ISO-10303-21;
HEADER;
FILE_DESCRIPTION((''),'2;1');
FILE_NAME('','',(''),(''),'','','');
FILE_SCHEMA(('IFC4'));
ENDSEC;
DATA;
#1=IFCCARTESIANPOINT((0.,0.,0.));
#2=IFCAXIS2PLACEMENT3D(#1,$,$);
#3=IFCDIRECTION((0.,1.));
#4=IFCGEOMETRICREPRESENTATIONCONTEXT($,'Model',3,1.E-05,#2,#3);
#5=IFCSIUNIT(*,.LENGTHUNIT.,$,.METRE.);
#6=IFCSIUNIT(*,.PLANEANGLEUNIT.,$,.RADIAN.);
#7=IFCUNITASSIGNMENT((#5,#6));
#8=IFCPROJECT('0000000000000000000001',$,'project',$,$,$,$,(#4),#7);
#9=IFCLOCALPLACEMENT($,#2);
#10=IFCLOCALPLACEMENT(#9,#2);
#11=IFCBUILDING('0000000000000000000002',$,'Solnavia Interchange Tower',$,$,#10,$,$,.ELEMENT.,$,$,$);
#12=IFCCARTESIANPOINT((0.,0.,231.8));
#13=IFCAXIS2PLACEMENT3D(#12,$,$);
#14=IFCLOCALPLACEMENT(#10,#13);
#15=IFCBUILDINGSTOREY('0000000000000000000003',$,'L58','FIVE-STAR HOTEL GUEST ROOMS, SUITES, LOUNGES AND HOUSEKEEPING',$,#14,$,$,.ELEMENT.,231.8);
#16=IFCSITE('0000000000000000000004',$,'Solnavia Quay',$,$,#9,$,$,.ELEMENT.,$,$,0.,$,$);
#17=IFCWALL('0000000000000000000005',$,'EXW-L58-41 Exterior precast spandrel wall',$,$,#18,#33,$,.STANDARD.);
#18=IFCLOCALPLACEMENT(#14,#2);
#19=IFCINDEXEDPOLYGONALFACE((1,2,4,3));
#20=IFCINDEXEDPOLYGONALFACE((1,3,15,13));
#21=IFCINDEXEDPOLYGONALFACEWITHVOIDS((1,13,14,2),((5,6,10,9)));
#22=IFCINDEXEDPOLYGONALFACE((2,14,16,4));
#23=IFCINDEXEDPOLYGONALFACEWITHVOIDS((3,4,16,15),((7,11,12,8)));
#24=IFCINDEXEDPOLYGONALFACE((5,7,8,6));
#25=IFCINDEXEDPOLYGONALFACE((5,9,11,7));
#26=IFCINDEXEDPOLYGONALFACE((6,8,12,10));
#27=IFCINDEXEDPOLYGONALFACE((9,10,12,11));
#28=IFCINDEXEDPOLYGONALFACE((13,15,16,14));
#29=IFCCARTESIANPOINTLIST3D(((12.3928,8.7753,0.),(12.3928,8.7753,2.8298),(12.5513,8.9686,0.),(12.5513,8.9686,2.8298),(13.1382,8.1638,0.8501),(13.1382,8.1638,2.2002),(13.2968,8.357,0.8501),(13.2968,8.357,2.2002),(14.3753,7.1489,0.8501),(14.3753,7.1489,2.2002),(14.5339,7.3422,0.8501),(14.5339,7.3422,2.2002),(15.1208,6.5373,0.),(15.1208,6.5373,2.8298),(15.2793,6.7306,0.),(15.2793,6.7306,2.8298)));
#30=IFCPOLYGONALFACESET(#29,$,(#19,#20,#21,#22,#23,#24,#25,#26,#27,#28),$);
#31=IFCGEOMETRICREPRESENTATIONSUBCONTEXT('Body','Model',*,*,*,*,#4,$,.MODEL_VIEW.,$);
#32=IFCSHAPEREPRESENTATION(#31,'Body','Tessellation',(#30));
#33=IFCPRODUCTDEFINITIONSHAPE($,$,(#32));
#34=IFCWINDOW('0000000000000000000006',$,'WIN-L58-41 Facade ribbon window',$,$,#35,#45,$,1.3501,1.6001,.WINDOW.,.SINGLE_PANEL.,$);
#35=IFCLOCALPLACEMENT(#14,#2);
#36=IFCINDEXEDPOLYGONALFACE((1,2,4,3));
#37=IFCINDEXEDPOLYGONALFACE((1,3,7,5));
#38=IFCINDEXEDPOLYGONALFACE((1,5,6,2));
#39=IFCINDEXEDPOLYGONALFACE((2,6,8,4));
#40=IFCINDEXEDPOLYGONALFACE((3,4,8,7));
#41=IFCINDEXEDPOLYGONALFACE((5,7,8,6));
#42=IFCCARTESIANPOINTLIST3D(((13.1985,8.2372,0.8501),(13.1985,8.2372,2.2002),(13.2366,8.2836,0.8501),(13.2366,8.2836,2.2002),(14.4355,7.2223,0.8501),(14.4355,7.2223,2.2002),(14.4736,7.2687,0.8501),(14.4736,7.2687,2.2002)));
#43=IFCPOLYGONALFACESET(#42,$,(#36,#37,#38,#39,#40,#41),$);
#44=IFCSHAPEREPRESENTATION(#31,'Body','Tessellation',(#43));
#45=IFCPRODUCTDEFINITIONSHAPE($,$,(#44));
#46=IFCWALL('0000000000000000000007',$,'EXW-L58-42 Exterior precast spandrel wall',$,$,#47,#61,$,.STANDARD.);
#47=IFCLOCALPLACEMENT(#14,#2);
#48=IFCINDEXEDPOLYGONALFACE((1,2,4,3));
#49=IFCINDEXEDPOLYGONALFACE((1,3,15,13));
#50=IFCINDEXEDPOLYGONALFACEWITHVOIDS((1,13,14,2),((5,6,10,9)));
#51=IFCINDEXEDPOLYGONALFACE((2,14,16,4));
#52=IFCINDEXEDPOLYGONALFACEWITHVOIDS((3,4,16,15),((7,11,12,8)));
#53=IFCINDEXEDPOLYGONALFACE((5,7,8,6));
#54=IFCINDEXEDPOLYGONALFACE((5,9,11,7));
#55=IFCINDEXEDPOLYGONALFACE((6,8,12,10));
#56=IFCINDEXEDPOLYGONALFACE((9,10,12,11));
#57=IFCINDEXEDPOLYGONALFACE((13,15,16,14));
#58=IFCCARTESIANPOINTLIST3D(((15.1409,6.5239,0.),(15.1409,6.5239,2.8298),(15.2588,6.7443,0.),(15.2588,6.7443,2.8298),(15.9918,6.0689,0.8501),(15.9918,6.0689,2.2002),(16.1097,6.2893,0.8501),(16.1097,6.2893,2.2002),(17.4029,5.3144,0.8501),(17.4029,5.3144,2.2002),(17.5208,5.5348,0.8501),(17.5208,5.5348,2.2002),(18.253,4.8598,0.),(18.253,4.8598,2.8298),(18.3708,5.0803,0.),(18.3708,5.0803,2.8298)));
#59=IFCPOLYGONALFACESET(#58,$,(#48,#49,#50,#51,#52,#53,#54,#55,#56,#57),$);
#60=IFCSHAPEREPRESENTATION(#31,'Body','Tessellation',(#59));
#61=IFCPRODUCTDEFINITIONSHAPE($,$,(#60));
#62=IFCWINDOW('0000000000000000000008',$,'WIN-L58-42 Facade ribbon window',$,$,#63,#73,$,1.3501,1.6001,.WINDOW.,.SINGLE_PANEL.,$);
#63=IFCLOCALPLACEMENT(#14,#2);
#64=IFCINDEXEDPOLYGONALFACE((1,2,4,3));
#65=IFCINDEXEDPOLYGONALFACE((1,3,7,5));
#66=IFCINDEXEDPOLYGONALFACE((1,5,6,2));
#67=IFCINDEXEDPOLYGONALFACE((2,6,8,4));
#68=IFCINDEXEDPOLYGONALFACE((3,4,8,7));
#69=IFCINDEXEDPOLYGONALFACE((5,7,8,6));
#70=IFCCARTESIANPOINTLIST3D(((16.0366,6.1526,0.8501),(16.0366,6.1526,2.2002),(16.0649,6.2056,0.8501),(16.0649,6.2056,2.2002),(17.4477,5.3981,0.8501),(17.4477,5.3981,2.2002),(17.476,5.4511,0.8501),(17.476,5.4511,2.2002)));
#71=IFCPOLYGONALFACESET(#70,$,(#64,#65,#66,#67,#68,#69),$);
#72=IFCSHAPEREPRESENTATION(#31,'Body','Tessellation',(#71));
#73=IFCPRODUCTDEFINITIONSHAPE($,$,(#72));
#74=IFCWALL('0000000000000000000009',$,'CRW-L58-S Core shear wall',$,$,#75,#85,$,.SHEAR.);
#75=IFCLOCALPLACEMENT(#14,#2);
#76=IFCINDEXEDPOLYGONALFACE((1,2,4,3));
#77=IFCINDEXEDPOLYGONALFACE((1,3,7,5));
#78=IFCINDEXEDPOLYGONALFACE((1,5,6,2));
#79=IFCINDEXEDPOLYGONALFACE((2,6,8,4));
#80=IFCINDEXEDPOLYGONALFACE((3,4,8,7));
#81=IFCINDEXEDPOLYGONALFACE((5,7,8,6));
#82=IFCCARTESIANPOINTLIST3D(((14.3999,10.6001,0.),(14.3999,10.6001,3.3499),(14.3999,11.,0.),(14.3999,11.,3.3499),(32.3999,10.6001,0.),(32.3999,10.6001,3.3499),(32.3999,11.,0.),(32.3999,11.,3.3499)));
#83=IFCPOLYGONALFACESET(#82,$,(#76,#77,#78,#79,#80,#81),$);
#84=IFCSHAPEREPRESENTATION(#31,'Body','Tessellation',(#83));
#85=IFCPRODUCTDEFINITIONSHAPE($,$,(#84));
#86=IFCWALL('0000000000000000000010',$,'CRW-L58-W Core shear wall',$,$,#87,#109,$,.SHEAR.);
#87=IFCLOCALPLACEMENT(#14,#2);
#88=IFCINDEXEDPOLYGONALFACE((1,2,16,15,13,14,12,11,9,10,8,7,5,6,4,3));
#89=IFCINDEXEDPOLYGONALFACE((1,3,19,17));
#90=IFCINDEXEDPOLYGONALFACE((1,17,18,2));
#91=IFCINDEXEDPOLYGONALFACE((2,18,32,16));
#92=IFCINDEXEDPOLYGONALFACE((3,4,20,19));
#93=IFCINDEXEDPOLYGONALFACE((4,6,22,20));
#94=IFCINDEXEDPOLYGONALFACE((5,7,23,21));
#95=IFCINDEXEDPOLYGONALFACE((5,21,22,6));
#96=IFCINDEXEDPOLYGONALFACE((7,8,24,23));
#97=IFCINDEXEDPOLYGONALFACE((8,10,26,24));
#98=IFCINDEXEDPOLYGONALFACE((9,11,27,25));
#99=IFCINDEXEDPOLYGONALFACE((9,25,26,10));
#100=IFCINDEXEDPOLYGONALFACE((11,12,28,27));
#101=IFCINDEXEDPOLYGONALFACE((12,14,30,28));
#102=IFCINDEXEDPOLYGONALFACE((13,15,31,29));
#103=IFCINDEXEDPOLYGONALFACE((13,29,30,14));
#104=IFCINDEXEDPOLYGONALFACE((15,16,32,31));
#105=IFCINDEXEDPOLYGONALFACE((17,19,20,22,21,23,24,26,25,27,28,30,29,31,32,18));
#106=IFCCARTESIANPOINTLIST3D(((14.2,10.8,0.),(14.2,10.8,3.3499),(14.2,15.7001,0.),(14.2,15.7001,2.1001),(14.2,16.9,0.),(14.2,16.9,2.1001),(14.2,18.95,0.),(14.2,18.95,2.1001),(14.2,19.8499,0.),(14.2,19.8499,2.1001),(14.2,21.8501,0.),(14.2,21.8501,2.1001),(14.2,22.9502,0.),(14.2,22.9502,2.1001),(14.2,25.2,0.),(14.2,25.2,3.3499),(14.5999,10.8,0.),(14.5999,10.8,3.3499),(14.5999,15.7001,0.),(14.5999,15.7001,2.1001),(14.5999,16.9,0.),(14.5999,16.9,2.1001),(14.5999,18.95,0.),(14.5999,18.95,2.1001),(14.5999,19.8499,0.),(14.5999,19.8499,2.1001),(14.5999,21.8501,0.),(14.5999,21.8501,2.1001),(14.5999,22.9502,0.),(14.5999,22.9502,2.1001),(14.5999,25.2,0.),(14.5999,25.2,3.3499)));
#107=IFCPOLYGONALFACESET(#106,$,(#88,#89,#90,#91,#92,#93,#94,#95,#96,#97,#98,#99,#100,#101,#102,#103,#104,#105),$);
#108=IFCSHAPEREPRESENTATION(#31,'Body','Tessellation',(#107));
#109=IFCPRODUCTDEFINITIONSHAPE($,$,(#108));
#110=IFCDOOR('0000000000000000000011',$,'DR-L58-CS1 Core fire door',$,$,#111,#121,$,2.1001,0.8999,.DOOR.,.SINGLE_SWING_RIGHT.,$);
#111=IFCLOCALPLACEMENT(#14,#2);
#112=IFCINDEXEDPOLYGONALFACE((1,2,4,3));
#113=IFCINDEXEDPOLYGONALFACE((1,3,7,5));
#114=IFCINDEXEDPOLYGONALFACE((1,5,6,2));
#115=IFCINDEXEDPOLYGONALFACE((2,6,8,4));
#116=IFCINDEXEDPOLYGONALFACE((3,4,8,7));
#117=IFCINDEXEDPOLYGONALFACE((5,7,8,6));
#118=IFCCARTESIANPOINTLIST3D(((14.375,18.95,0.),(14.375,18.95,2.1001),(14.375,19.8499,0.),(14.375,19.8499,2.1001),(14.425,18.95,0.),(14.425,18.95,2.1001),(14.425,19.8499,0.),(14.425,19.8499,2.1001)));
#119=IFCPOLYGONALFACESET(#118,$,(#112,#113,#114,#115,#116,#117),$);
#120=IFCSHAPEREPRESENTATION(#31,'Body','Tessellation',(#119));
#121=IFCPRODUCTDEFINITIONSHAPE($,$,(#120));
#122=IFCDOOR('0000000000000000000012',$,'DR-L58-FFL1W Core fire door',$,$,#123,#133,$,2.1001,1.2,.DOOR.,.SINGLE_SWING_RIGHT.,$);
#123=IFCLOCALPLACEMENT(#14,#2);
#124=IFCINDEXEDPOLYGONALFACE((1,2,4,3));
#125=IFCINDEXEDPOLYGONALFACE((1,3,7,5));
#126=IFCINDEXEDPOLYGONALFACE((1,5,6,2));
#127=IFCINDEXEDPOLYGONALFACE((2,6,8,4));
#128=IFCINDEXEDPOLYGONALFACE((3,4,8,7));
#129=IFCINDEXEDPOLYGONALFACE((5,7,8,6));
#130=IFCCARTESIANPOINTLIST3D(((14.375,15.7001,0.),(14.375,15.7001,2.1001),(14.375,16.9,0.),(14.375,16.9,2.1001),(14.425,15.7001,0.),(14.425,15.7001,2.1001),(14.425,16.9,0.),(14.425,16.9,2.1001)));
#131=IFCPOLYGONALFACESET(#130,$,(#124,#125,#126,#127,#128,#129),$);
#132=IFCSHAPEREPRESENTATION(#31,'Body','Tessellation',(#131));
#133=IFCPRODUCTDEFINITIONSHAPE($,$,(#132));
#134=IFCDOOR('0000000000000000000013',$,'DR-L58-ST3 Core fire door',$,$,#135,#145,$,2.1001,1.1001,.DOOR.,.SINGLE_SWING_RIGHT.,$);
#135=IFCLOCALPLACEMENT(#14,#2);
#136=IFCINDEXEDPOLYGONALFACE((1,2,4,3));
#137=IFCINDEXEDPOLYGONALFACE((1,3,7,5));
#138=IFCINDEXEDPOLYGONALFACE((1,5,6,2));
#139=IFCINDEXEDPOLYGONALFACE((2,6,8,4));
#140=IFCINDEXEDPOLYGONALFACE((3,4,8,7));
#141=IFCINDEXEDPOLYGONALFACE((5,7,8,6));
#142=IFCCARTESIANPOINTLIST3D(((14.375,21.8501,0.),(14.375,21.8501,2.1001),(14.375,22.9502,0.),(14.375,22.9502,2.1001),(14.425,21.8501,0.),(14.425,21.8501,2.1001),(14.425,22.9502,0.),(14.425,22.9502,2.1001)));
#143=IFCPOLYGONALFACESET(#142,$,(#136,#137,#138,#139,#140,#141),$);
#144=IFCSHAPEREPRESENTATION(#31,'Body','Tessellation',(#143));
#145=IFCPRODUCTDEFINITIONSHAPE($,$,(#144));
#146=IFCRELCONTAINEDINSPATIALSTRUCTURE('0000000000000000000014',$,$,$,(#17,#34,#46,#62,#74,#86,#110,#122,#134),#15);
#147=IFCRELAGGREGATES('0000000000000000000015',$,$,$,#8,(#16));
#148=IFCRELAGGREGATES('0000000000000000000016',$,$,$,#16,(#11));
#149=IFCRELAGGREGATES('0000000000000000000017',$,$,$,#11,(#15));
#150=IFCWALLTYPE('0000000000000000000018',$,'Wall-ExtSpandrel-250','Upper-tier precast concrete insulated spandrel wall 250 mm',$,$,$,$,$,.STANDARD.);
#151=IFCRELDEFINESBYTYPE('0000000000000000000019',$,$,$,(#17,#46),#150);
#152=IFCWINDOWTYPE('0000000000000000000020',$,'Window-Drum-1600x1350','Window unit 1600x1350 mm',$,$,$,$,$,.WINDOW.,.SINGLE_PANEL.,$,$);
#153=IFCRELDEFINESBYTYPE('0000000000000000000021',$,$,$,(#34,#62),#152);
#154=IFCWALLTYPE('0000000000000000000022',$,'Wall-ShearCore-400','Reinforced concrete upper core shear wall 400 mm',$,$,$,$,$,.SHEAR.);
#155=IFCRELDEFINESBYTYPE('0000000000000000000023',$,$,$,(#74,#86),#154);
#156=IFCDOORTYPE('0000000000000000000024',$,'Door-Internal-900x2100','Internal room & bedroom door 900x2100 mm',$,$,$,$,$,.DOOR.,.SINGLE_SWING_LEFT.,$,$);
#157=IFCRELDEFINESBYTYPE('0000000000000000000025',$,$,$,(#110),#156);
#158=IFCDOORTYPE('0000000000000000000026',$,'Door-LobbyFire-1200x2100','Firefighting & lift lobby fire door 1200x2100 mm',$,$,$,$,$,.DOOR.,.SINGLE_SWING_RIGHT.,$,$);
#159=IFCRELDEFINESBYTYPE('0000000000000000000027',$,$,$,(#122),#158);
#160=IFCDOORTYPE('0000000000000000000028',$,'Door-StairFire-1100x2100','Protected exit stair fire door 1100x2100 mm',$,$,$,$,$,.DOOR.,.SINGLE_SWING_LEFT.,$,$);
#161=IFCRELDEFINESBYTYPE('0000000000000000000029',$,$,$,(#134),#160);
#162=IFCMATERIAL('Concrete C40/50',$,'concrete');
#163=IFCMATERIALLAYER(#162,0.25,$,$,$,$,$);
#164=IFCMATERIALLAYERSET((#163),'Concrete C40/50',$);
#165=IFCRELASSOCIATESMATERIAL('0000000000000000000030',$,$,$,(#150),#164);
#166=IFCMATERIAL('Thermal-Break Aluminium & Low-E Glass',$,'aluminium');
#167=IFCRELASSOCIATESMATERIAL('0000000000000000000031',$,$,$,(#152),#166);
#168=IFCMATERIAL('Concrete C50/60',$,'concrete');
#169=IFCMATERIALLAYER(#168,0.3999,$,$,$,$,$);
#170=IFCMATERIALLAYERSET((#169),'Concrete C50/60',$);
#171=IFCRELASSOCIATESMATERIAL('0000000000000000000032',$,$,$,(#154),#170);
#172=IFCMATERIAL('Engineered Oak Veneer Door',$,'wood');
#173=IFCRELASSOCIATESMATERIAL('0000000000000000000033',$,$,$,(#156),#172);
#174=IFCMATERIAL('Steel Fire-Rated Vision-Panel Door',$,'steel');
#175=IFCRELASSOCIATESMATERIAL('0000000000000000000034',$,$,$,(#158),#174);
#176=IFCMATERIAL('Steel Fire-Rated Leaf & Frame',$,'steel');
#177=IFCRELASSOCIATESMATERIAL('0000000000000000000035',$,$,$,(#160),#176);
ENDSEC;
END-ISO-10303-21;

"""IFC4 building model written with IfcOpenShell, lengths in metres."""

from ifc_helpers import new_model, si_unit, direction, frame, frame_2d, origin, place, context, subcontext, project, spatial, rectangle, extrude, material, layer, layer_set, type_object, element, fill, save


model = new_model("IFC4")

# Units and contexts
model_context = context("Model", 3, precision=1e-05, world=origin(), true_north=direction((0.0, 1.0)))
body_context = subcontext(model_context, "Body", "Model", "MODEL_VIEW")
ifc_project = project(units=[si_unit("LENGTHUNIT", "METRE"), si_unit("PLANEANGLEUNIT", "RADIAN")], contexts=[model_context])

# Site, building, storey
site_placement = place(None, origin())
site = spatial("IfcSite", under=ifc_project, at=site_placement, Name="Solnavia Quay", CompositionType="ELEMENT", RefElevation=0.0)
building_placement = place(site_placement, origin())
building = spatial("IfcBuilding", under=site, at=building_placement, Name="Solnavia Interchange Tower", CompositionType="ELEMENT")
storey_placement = place(building_placement, frame((0.0, 0.0, 231.8)))
storey = spatial("IfcBuildingStorey", under=building, at=storey_placement, Name="L58", Description="FIVE-STAR HOTEL GUEST ROOMS, SUITES, LOUNGES AND HOUSEKEEPING", CompositionType="ELEMENT", Elevation=231.8)

# Shared definitions
ifc_material_1 = material(Name="Concrete C50/60", Category="concrete")

# Walls, openings, windows
ifc_material_2 = material(Name="Concrete C40/50", Category="concrete")
ifc_layer_1 = layer(ifc_material_2, 0.25)
ifc_layer_set_1 = layer_set([ifc_layer_1], Name="Concrete C40/50")
wall_type_1 = type_object("IfcWallType", Name="Wall-ExtSpandrel-250", Description="Upper-tier precast concrete insulated spandrel wall 250 mm", PredefinedType="STANDARD", material=ifc_layer_set_1)
wall_1_placement = place(storey_placement, frame((15.2, 6.634, 0.0), z_axis=(0.0, 0.0, 1.0), x_axis=(-0.773121, 0.634258, 0.0)))
wall_1 = element("IfcWall", 1, at=wall_1_placement, inside=storey, type_object=wall_type_1, Name="EXW-L58-41 Exterior precast spandrel wall", PredefinedType="STANDARD", context=body_context, shape_type="SweptSolid", body=[
    extrude(rectangle(XDim=3.5286, YDim=0.25, at=frame_2d((1.7642, 0.0))), origin(), (0.0, 0.0, 1.0), 2.8298),
])
opening_1_placement = place(wall_1_placement, frame((0.9641, 0.0, 0.8501)))
opening_1 = element("IfcOpeningElement", 2, at=opening_1_placement, cuts=wall_1, PredefinedType="OPENING", context=body_context, shape_type="SweptSolid", body=[
    extrude(rectangle(XDim=1.6001, YDim=1.3501, at=frame_2d((0.8, 0.675))), frame((0.0, 0.135, 0.0), z_axis=(0.0, -1.0, 0.0), x_axis=(1.0, 0.0, 0.0)), (0.0, 0.0, 1.0), 0.27),
])
ifc_material_3 = material(Name="Thermal-Break Aluminium & Low-E Glass", Category="aluminium")
window_type = type_object("IfcWindowType", Name="Window-Drum-1600x1350", Description="Window unit 1600x1350 mm", PartitioningType="SINGLE_PANEL", PredefinedType="WINDOW", material=ifc_material_3)
window_1_placement = place(opening_1_placement, origin())
window_1 = element("IfcWindow", 3, at=window_1_placement, inside=storey, type_object=window_type, Name="WIN-L58-41 Facade ribbon window", OverallHeight=1.3501, OverallWidth=1.6001, PartitioningType="SINGLE_PANEL", PredefinedType="WINDOW", context=body_context, shape_type="SweptSolid", body=[
    extrude(rectangle(XDim=1.6001, YDim=1.3501, at=frame_2d((0.8, 0.675))), frame((0.0, 0.03, 0.0), z_axis=(0.0, -1.0, 0.0), x_axis=(1.0, 0.0, 0.0)), (0.0, 0.0, 1.0), 0.0601),
])
fill(opening_1, window_1)
wall_2_placement = place(storey_placement, frame((18.312, 4.97, 0.0), z_axis=(0.0, 0.0, 1.0), x_axis=(-0.881847, 0.471536, 0.0)))
wall_2 = element("IfcWall", 4, at=wall_2_placement, inside=storey, type_object=wall_type_1, Name="EXW-L58-42 Exterior precast spandrel wall", PredefinedType="STANDARD", context=body_context, shape_type="SweptSolid", body=[
    extrude(rectangle(XDim=3.5291, YDim=0.25, at=frame_2d((1.7646, 0.0))), origin(), (0.0, 0.0, 1.0), 2.8298),
])
opening_2_placement = place(wall_2_placement, frame((0.9641, 0.0, 0.8501)))
opening_2 = element("IfcOpeningElement", 5, at=opening_2_placement, cuts=wall_2, PredefinedType="OPENING", context=body_context, shape_type="SweptSolid", body=[
    extrude(rectangle(XDim=1.6001, YDim=1.3501, at=frame_2d((0.8, 0.675))), frame((0.0, 0.135, 0.0), z_axis=(0.0, -1.0, 0.0), x_axis=(1.0, 0.0, 0.0)), (0.0, 0.0, 1.0), 0.27),
])
window_2_placement = place(opening_2_placement, origin())
window_2 = element("IfcWindow", 6, at=window_2_placement, inside=storey, type_object=window_type, Name="WIN-L58-42 Facade ribbon window", OverallHeight=1.3501, OverallWidth=1.6001, PartitioningType="SINGLE_PANEL", PredefinedType="WINDOW", context=body_context, shape_type="SweptSolid", body=[
    extrude(rectangle(XDim=1.6001, YDim=1.3501, at=frame_2d((0.8, 0.675))), frame((0.0, 0.03, 0.0), z_axis=(0.0, -1.0, 0.0), x_axis=(1.0, 0.0, 0.0)), (0.0, 0.0, 1.0), 0.0601),
])
fill(opening_2, window_2)

# Wall
ifc_layer_2 = layer(ifc_material_1, 0.3999)
ifc_layer_set_2 = layer_set([ifc_layer_2], Name="Concrete C50/60")
wall_type_2 = type_object("IfcWallType", Name="Wall-ShearCore-400", Description="Reinforced concrete upper core shear wall 400 mm", PredefinedType="SHEAR", material=ifc_layer_set_2)
wall_3_placement = place(storey_placement, frame((14.3999, 10.8, 0.0), z_axis=(0.0, 0.0, 1.0), x_axis=(1.0, 0.0, 0.0)))
element("IfcWall", 7, at=wall_3_placement, inside=storey, type_object=wall_type_2, Name="CRW-L58-S Core shear wall", PredefinedType="SHEAR", context=body_context, shape_type="SweptSolid", body=[
    extrude(rectangle(XDim=18.0, YDim=0.3999, at=frame_2d((9.0, 0.0))), origin(), (0.0, 0.0, 1.0), 3.3499),
])

# Wall, openings, doors
wall_4_placement = place(storey_placement, frame((14.3999, 10.8, 0.0), z_axis=(0.0, 0.0, 1.0), x_axis=(0.0, 1.0, 0.0)))
wall_4 = element("IfcWall", 8, at=wall_4_placement, inside=storey, type_object=wall_type_2, Name="CRW-L58-W Core shear wall", PredefinedType="SHEAR", context=body_context, shape_type="SweptSolid", body=[
    extrude(rectangle(XDim=14.3999, YDim=0.3999, at=frame_2d((7.2, 0.0))), origin(), (0.0, 0.0, 1.0), 3.3499),
])
opening_3_placement = place(wall_4_placement, frame((11.05, 0.0, 0.0)))
opening_3 = element("IfcOpeningElement", 9, at=opening_3_placement, cuts=wall_4, PredefinedType="OPENING", context=body_context, shape_type="SweptSolid", body=[
    extrude(rectangle(XDim=1.1001, YDim=2.1001, at=frame_2d((0.55, 1.05))), frame((0.0, 0.21, 0.0), z_axis=(0.0, -1.0, 0.0), x_axis=(1.0, 0.0, 0.0)), (0.0, 0.0, 1.0), 0.4199),
])
opening_4_placement = place(wall_4_placement, frame((4.8999, 0.0, 0.0)))
opening_4 = element("IfcOpeningElement", 10, at=opening_4_placement, cuts=wall_4, PredefinedType="OPENING", context=body_context, shape_type="SweptSolid", body=[
    extrude(rectangle(XDim=1.2, YDim=2.1001, at=frame_2d((0.6001, 1.05))), frame((0.0, 0.21, 0.0), z_axis=(0.0, -1.0, 0.0), x_axis=(1.0, 0.0, 0.0)), (0.0, 0.0, 1.0), 0.4199),
])
opening_5_placement = place(wall_4_placement, frame((8.1499, 0.0, 0.0)))
opening_5 = element("IfcOpeningElement", 11, at=opening_5_placement, cuts=wall_4, PredefinedType="OPENING", context=body_context, shape_type="SweptSolid", body=[
    extrude(rectangle(XDim=0.8999, YDim=2.1001, at=frame_2d((0.45, 1.05))), frame((0.0, 0.21, 0.0), z_axis=(0.0, -1.0, 0.0), x_axis=(1.0, 0.0, 0.0)), (0.0, 0.0, 1.0), 0.4199),
])
ifc_material_4 = material(Name="Engineered Oak Veneer Door", Category="wood")
door_type_1 = type_object("IfcDoorType", Name="Door-Internal-900x2100", Description="Internal room & bedroom door 900x2100 mm", OperationType="SINGLE_SWING_LEFT", PredefinedType="DOOR", material=ifc_material_4)
door_1_placement = place(opening_5_placement, origin())
door_1 = element("IfcDoor", 12, at=door_1_placement, inside=storey, type_object=door_type_1, Name="DR-L58-CS1 Core fire door", OperationType="SINGLE_SWING_RIGHT", OverallHeight=2.1001, OverallWidth=0.8999, PredefinedType="DOOR", context=body_context, shape_type="SweptSolid", body=[
    extrude(rectangle(XDim=0.8999, YDim=2.1001, at=frame_2d((0.45, 1.05))), frame((0.0, 0.0249, 0.0), z_axis=(0.0, -1.0, 0.0), x_axis=(1.0, 0.0, 0.0)), (0.0, 0.0, 1.0), 0.05),
])
fill(opening_5, door_1)
ifc_material_5 = material(Name="Steel Fire-Rated Vision-Panel Door", Category="steel")
door_type_2 = type_object("IfcDoorType", Name="Door-LobbyFire-1200x2100", Description="Firefighting & lift lobby fire door 1200x2100 mm", OperationType="SINGLE_SWING_RIGHT", PredefinedType="DOOR", material=ifc_material_5)
door_2_placement = place(opening_4_placement, origin())
door_2 = element("IfcDoor", 13, at=door_2_placement, inside=storey, type_object=door_type_2, Name="DR-L58-FFL1W Core fire door", OperationType="SINGLE_SWING_RIGHT", OverallHeight=2.1001, OverallWidth=1.2, PredefinedType="DOOR", context=body_context, shape_type="SweptSolid", body=[
    extrude(rectangle(XDim=1.2, YDim=2.1001, at=frame_2d((0.6001, 1.05))), frame((0.0, 0.0249, 0.0), z_axis=(0.0, -1.0, 0.0), x_axis=(1.0, 0.0, 0.0)), (0.0, 0.0, 1.0), 0.05),
])
fill(opening_4, door_2)
ifc_material_6 = material(Name="Steel Fire-Rated Leaf & Frame", Category="steel")
door_type_3 = type_object("IfcDoorType", Name="Door-StairFire-1100x2100", Description="Protected exit stair fire door 1100x2100 mm", OperationType="SINGLE_SWING_LEFT", PredefinedType="DOOR", material=ifc_material_6)
door_3_placement = place(opening_3_placement, origin())
door_3 = element("IfcDoor", 14, at=door_3_placement, inside=storey, type_object=door_type_3, Name="DR-L58-ST3 Core fire door", OperationType="SINGLE_SWING_RIGHT", OverallHeight=2.1001, OverallWidth=1.1001, PredefinedType="DOOR", context=body_context, shape_type="SweptSolid", body=[
    extrude(rectangle(XDim=1.1001, YDim=2.1001, at=frame_2d((0.55, 1.05))), frame((0.0, 0.0249, 0.0), z_axis=(0.0, -1.0, 0.0), x_axis=(1.0, 0.0, 0.0)), (0.0, 0.0, 1.0), 0.05),
])
fill(opening_3, door_3)

save(model, "model.ifc")
